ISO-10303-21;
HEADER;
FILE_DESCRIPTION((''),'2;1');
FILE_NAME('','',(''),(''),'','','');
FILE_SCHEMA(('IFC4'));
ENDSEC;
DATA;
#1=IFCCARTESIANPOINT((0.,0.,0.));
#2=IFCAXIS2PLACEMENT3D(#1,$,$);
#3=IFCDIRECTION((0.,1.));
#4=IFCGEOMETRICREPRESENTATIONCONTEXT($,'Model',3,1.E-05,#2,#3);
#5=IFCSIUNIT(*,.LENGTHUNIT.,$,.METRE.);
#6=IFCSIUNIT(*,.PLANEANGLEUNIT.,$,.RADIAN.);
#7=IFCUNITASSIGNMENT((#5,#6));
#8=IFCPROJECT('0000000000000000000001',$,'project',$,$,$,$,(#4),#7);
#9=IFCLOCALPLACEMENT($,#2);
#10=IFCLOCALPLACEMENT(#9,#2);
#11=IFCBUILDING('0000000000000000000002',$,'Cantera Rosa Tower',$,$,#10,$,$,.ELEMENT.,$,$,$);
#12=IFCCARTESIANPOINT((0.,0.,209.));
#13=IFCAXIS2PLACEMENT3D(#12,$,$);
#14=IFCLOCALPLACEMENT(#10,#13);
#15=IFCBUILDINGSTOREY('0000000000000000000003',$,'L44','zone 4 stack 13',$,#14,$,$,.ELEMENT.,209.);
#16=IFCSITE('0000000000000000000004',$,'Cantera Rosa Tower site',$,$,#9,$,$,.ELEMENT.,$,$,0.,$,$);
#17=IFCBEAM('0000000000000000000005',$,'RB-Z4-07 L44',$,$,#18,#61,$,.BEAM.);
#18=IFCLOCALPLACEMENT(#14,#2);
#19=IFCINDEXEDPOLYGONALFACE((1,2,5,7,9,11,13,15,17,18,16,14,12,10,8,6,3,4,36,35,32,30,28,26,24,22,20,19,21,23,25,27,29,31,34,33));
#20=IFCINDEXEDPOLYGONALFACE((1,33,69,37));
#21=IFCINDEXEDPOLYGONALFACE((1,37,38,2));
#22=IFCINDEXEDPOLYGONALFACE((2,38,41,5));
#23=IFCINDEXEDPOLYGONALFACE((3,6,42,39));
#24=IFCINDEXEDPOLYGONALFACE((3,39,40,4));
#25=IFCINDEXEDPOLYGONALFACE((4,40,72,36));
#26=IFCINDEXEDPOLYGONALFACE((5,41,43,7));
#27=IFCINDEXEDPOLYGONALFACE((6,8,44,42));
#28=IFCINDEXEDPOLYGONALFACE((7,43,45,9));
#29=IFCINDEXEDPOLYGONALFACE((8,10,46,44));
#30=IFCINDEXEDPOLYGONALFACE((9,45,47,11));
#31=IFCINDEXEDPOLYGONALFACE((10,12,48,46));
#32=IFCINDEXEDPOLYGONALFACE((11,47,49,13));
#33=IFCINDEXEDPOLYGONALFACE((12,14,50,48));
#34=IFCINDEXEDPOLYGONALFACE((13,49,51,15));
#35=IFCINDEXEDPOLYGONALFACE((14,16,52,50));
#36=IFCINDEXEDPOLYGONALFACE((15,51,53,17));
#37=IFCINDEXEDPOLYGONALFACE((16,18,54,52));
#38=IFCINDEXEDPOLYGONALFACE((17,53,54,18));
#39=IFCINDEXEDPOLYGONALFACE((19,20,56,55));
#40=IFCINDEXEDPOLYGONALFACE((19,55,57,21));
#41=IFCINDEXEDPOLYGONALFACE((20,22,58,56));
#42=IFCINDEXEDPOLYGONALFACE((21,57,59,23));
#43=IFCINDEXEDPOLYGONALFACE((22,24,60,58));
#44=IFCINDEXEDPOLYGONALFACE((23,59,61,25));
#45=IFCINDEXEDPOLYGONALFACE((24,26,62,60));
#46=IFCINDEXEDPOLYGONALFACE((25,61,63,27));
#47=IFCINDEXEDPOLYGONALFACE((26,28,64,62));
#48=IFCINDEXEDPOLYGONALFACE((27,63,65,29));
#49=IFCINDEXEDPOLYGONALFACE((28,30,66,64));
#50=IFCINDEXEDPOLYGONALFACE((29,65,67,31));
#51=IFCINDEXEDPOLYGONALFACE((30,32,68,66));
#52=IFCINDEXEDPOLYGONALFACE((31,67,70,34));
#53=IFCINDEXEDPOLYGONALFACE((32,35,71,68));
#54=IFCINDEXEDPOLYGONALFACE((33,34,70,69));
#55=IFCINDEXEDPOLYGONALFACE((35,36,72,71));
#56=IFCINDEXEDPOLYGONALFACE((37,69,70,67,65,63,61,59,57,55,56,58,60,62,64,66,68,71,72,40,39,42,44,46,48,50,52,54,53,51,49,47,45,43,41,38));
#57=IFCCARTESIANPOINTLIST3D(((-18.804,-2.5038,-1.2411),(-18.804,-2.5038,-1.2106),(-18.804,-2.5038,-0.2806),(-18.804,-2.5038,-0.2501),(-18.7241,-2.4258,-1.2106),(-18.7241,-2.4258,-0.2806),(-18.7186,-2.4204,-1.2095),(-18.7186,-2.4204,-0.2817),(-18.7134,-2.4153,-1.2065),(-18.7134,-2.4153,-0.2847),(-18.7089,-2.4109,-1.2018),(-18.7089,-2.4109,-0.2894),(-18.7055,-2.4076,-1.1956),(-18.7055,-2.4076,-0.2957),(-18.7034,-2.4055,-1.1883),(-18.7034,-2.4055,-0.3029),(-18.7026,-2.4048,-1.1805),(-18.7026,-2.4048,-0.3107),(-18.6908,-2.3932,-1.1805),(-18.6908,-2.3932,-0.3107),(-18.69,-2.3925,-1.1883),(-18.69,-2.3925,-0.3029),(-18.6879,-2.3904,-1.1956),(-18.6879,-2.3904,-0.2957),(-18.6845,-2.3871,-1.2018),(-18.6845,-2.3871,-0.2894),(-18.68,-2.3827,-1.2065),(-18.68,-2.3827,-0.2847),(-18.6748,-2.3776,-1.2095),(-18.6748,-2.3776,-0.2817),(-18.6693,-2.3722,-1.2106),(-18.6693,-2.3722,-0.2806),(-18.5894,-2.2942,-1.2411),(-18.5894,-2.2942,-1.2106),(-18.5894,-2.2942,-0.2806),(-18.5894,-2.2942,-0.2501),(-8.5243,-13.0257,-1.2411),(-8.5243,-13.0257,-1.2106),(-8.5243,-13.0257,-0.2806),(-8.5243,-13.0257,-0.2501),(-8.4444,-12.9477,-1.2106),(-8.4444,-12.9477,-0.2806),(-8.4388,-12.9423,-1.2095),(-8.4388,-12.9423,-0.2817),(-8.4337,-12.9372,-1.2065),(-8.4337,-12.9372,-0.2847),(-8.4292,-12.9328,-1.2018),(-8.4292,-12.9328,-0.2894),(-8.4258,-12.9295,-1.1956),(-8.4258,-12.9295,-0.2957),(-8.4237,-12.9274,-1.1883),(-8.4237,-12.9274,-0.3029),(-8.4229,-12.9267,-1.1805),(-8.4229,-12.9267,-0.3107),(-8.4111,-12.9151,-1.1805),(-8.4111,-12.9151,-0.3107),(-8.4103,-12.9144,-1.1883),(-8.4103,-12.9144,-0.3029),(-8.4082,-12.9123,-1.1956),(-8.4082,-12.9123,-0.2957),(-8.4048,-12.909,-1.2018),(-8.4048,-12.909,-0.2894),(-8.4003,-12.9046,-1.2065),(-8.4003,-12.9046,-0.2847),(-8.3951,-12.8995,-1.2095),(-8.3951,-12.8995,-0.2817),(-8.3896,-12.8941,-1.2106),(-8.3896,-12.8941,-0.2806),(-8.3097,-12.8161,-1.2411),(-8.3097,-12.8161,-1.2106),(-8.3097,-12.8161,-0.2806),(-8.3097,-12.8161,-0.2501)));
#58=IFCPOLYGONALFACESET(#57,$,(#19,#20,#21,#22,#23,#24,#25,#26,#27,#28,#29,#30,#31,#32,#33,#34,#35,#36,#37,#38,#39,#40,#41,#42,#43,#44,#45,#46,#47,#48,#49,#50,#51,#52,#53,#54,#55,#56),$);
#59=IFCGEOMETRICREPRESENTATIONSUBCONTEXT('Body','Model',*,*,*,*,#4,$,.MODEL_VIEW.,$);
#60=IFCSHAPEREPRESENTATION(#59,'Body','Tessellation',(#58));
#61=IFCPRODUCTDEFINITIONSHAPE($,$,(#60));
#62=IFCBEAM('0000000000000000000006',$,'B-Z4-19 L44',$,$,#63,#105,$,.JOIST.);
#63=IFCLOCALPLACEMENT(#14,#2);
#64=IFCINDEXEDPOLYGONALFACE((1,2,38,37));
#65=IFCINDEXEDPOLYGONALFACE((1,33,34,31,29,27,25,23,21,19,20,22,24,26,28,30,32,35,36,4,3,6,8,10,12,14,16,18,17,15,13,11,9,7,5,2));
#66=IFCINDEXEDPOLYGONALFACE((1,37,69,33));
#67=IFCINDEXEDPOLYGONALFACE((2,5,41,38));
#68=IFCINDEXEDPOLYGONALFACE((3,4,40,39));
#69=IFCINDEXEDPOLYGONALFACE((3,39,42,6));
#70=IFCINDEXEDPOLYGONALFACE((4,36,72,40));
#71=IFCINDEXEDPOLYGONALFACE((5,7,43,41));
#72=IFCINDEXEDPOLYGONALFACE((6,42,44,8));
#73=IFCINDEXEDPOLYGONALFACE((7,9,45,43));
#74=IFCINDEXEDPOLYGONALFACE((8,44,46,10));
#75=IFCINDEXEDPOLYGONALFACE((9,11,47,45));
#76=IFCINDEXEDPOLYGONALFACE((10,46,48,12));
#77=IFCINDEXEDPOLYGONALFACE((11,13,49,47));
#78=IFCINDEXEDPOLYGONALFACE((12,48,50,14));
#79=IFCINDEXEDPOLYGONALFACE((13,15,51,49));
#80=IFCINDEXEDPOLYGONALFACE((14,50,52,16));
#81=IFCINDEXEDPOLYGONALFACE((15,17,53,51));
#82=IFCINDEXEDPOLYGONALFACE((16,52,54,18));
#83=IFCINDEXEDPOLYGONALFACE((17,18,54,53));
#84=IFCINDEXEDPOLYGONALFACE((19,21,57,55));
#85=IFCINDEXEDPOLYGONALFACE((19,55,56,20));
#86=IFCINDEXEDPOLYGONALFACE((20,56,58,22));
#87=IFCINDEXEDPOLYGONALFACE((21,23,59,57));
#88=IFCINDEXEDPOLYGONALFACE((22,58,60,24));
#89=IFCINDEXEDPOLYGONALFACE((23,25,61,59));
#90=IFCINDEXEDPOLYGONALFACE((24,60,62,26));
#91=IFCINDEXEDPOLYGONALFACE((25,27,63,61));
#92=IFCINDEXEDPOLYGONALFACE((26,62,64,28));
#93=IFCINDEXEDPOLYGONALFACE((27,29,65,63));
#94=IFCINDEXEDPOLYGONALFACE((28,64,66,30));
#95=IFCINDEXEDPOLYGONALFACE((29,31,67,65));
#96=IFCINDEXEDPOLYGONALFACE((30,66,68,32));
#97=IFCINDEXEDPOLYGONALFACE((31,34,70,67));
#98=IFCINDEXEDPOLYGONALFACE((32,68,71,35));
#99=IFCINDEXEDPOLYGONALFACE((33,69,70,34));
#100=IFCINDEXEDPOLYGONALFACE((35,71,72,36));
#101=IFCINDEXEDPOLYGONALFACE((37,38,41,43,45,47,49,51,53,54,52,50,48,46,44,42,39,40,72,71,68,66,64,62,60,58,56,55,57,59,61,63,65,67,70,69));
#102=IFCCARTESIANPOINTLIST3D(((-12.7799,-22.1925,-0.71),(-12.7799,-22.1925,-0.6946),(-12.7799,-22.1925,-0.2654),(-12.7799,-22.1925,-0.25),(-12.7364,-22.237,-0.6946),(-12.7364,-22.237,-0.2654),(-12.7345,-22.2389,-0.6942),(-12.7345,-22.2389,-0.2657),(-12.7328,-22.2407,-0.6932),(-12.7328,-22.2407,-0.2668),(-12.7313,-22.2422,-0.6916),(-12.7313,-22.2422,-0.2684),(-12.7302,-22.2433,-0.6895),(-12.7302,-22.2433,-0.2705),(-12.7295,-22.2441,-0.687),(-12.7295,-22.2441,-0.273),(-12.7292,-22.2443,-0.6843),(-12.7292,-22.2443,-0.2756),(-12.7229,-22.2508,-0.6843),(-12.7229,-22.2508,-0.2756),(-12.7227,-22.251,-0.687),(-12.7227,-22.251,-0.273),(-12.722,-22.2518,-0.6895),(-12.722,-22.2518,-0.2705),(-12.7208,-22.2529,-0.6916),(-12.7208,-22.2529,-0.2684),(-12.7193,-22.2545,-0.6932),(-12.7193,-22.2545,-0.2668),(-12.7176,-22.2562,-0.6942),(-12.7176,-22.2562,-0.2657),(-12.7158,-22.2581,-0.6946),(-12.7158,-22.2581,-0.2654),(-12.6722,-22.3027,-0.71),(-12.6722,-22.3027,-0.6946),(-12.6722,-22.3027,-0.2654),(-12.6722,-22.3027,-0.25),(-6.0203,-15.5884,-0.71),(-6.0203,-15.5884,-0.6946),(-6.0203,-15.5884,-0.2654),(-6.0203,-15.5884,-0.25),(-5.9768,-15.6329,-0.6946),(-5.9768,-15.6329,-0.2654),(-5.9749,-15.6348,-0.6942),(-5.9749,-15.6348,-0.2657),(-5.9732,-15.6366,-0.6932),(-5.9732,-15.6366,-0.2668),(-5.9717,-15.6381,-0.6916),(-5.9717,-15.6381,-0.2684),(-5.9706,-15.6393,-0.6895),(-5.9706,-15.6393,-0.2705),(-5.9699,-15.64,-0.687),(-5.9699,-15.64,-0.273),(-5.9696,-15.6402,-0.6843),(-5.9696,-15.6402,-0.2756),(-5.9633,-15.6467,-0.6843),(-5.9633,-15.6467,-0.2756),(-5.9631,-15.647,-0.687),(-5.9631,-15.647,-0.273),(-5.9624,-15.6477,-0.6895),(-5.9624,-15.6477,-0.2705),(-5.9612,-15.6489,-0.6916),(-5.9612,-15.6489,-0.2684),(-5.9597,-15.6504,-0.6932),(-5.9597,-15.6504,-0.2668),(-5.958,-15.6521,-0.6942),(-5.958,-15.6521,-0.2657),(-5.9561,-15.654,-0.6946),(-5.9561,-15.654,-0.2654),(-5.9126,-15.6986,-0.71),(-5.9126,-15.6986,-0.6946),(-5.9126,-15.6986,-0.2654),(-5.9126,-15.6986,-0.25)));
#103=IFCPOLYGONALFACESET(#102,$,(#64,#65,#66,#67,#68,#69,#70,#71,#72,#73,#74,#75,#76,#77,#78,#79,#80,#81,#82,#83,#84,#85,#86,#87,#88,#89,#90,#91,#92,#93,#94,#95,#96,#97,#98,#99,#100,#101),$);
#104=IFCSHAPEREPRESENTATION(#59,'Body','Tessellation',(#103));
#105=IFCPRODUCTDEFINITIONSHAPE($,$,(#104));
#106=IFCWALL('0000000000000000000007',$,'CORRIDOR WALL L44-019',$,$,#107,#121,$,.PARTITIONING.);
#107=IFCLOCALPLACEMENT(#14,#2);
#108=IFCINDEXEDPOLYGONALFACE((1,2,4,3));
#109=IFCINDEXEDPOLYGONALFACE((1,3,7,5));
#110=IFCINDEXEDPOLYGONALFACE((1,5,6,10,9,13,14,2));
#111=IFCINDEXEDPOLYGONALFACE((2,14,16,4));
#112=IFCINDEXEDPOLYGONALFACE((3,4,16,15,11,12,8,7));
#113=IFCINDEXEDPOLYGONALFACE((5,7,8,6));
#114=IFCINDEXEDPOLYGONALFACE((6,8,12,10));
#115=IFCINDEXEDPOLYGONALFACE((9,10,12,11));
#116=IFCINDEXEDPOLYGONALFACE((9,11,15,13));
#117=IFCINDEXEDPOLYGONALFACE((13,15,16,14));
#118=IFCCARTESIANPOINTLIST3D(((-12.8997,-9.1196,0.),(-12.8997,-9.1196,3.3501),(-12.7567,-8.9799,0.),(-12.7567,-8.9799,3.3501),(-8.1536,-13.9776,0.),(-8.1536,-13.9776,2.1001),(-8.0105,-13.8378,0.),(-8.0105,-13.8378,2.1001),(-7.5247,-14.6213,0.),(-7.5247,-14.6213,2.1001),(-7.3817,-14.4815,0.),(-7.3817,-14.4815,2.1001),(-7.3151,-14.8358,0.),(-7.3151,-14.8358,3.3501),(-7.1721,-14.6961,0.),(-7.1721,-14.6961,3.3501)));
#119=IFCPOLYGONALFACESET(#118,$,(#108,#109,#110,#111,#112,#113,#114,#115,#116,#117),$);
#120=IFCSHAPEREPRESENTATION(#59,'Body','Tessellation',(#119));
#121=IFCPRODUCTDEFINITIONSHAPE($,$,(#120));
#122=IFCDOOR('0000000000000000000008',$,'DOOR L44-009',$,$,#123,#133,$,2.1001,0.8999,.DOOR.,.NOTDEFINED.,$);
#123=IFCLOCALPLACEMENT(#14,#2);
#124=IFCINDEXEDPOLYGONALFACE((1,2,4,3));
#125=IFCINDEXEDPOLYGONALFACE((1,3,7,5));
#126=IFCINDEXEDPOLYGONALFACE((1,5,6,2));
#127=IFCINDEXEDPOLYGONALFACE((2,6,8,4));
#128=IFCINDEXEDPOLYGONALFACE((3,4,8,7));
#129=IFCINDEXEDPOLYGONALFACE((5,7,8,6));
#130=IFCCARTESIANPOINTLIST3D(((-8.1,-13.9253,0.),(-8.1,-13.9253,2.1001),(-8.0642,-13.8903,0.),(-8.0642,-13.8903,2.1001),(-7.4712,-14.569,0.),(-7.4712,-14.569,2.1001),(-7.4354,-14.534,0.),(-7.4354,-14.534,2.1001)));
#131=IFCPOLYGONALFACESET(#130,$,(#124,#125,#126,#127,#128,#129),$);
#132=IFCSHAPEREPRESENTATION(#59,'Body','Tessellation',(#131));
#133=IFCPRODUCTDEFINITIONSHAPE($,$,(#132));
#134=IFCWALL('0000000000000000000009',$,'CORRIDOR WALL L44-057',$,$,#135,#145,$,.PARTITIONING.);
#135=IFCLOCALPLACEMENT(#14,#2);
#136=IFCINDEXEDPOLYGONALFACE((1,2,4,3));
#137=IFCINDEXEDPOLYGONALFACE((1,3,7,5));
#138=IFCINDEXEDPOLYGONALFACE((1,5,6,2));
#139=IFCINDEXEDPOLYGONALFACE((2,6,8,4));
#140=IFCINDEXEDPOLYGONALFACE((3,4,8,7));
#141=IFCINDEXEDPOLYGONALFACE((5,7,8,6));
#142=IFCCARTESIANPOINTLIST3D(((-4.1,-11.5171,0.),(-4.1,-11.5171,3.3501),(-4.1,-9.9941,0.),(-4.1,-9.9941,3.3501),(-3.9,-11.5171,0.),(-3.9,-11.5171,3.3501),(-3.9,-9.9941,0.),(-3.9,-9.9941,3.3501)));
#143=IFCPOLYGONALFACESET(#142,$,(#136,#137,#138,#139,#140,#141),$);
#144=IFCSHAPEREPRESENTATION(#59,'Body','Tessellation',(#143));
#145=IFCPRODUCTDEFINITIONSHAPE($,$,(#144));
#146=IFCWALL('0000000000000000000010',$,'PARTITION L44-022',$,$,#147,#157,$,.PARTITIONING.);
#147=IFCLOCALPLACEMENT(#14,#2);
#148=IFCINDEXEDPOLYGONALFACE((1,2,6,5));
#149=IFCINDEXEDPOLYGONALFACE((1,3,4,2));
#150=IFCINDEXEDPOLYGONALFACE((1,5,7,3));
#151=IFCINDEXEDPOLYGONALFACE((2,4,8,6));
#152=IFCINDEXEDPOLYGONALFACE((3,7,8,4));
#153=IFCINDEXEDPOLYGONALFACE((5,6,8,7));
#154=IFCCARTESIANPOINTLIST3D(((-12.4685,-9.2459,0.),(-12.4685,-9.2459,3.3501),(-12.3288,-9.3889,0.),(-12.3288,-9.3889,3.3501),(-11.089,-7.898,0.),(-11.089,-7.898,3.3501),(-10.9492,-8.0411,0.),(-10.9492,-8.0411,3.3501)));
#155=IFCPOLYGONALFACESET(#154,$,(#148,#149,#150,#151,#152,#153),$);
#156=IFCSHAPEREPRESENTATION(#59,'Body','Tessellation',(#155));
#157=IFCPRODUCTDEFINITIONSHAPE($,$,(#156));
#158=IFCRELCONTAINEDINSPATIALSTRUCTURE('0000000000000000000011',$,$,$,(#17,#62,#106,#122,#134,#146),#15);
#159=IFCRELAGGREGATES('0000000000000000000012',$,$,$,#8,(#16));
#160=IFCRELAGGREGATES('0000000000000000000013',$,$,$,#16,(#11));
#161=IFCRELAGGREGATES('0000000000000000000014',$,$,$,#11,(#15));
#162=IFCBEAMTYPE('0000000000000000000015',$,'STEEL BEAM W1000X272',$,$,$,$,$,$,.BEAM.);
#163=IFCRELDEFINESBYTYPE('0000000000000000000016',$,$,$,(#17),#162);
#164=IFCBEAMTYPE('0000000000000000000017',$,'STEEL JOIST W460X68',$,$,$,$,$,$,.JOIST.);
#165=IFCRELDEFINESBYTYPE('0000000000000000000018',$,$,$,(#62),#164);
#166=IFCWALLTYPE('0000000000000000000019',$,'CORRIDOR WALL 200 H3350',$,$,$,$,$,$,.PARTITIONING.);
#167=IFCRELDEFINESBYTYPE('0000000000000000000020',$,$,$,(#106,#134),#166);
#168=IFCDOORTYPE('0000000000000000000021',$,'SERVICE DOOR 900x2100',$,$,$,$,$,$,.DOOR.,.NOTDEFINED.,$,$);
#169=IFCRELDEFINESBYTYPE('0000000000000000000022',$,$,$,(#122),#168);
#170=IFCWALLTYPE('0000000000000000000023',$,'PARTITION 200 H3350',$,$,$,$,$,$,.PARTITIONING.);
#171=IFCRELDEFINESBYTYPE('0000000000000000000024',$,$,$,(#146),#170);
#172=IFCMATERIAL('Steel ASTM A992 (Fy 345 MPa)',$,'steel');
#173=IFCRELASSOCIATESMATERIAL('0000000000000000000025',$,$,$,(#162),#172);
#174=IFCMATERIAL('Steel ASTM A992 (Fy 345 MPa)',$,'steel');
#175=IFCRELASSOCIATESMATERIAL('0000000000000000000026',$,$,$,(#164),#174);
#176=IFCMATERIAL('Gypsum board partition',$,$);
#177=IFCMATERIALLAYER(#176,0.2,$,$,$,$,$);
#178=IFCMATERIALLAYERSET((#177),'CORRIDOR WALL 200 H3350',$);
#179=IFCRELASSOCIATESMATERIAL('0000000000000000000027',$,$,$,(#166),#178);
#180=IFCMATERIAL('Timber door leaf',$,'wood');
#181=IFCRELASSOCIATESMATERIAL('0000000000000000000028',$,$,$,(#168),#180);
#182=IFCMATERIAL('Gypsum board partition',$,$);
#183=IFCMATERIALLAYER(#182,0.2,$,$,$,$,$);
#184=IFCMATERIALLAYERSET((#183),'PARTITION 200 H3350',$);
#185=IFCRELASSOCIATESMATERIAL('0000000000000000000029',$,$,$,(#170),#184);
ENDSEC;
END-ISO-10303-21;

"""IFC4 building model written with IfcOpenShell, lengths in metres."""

from ifc_helpers import new_model, si_unit, direction, frame, frame_2d, origin, origin_2d, place, context, subcontext, project, spatial, rectangle, i_section, extrude, material, layer, layer_set, material_profile, profile_set, type_object, element, fill, save


model = new_model("IFC4")

# Units and contexts
model_context = context("Model", 3, precision=1e-05, world=origin(), true_north=direction((0.0, 1.0)))
body_context = subcontext(model_context, "Body", "Model", "MODEL_VIEW")
ifc_project = project(units=[si_unit("LENGTHUNIT", "METRE"), si_unit("PLANEANGLEUNIT", "RADIAN")], contexts=[model_context])

# Site, building, storey
site_placement = place(None, origin())
site = spatial("IfcSite", under=ifc_project, at=site_placement, Name="Cantera Rosa Tower site", CompositionType="ELEMENT", RefElevation=0.0)
building_placement = place(site_placement, origin())
building = spatial("IfcBuilding", under=site, at=building_placement, Name="Cantera Rosa Tower", CompositionType="ELEMENT")
storey_placement = place(building_placement, frame((0.0, 0.0, 209.0)))
storey = spatial("IfcBuildingStorey", under=building, at=storey_placement, Name="L44", Description="zone 4 stack 13", CompositionType="ELEMENT", Elevation=209.0)

# Beams
ifc_material_1 = material(Name="Steel ASTM A992 (Fy 345 MPa)", Category="steel")
ifc_material_profile_1 = material_profile(ifc_material_1, i_section(OverallWidth=0.3, OverallDepth=0.991, WebThickness=0.0166, FlangeThickness=0.0305, FilletRadius=0.03, at=origin_2d()), Name="W1000X272")
ifc_profile_set_1 = profile_set([ifc_material_profile_1], Name="Steel ASTM A992 (Fy 345 MPa)")
beam_type_1 = type_object("IfcBeamType", Name="STEEL BEAM W1000X272", PredefinedType="BEAM", material=ifc_profile_set_1)
beam_1_placement = place(storey_placement, frame((-8.417, -12.9209, -0.7456), z_axis=(-0.698827, 0.715291, 0.0), x_axis=(-0.715291, -0.698827, 0.0)))
element("IfcBeam", 1, at=beam_1_placement, inside=storey, type_object=beam_type_1, Name="RB-Z4-07 L44", PredefinedType="BEAM", context=body_context, shape_type="SweptSolid", body=[
    extrude(i_section(OverallWidth=0.3, OverallDepth=0.991, WebThickness=0.0166, FlangeThickness=0.0305, FilletRadius=0.03, at=origin_2d()), origin(), (0.0, 0.0, 1.0), 14.71),
])
ifc_material_2 = material(Name="Steel ASTM A992 (Fy 345 MPa)", Category="steel")
ifc_material_profile_2 = material_profile(ifc_material_2, i_section(OverallWidth=0.1541, OverallDepth=0.46, WebThickness=0.009, FlangeThickness=0.0154, FilletRadius=0.0103, at=origin_2d()), Name="W460X68")
ifc_profile_set_2 = profile_set([ifc_material_profile_2], Name="Steel ASTM A992 (Fy 345 MPa)")
beam_type_2 = type_object("IfcBeamType", Name="STEEL JOIST W460X68", PredefinedType="JOIST", material=ifc_profile_set_2)
beam_2_placement = place(storey_placement, frame((-12.7261, -22.2476, -0.48), z_axis=(0.715287, 0.698831, 0.0), x_axis=(-0.698831, 0.715287, 0.0)))
element("IfcBeam", 2, at=beam_2_placement, inside=storey, type_object=beam_type_2, Name="B-Z4-19 L44", PredefinedType="JOIST", context=body_context, shape_type="SweptSolid", body=[
    extrude(i_section(OverallWidth=0.1541, OverallDepth=0.46, WebThickness=0.009, FlangeThickness=0.0154, FilletRadius=0.0103, at=origin_2d()), origin(), (0.0, 0.0, 1.0), 9.4502),
])

# Wall, opening, door
ifc_material_3 = material(Name="Gypsum board partition")
ifc_layer_1 = layer(ifc_material_3, 0.2)
ifc_layer_set_1 = layer_set([ifc_layer_1], Name="CORRIDOR WALL 200 H3350")
wall_type_1 = type_object("IfcWallType", Name="CORRIDOR WALL 200 H3350", PredefinedType="PARTITIONING", material=ifc_layer_set_1)
wall_1_placement = place(storey_placement, frame((-12.8281, -9.0498, 0.0), z_axis=(0.0, 0.0, 1.0), x_axis=(0.698826, -0.715292, 0.0)))
wall_1 = element("IfcWall", 3, at=wall_1_placement, inside=storey, type_object=wall_type_1, Name="CORRIDOR WALL L44-019", PredefinedType="PARTITIONING", context=body_context, shape_type="SweptSolid", body=[
    extrude(rectangle(XDim=7.9915, YDim=0.2, at=frame_2d((3.9956, 0.0))), origin(), (0.0, 0.0, 1.0), 3.3501),
])
opening_1_placement = place(wall_1_placement, frame((6.7915, 0.0, 0.0)))
opening_1 = element("IfcOpeningElement", 4, at=opening_1_placement, cuts=wall_1, PredefinedType="OPENING", context=body_context, shape_type="SweptSolid", body=[
    extrude(rectangle(XDim=0.8999, YDim=2.1001, at=frame_2d((0.45, 1.05))), frame((0.0, 0.1099, 0.0), z_axis=(0.0, -1.0, 0.0), x_axis=(1.0, 0.0, 0.0)), (0.0, 0.0, 1.0), 0.22),
])
ifc_material_4 = material(Name="Timber door leaf", Category="wood")
door_type_1 = type_object("IfcDoorType", Name="SERVICE DOOR 900x2100", OperationType="NOTDEFINED", PredefinedType="DOOR", material=ifc_material_4)
door_1_placement = place(opening_1_placement, origin())
door_1 = element("IfcDoor", 5, at=door_1_placement, inside=storey, type_object=door_type_1, Name="DOOR L44-009", OperationType="NOTDEFINED", OverallHeight=2.1001, OverallWidth=0.8999, PredefinedType="DOOR", context=body_context, shape_type="SweptSolid", body=[
    extrude(rectangle(XDim=0.8999, YDim=2.1001, at=frame_2d((0.45, 1.05))), frame((0.0, 0.0249, 0.0), z_axis=(0.0, -1.0, 0.0), x_axis=(1.0, 0.0, 0.0)), (0.0, 0.0, 1.0), 0.05),
])
fill(opening_1, door_1)

# Walls
wall_2_placement = place(storey_placement, frame((-4.0, -9.9941, 0.0), z_axis=(0.0, 0.0, 1.0), x_axis=(0.0, -1.0, 0.0)))
element("IfcWall", 6, at=wall_2_placement, inside=storey, type_object=wall_type_1, Name="CORRIDOR WALL L44-057", PredefinedType="PARTITIONING", context=body_context, shape_type="SweptSolid", body=[
    extrude(rectangle(XDim=1.5229, YDim=0.2, at=frame_2d((0.7615, 0.0))), origin(), (0.0, 0.0, 1.0), 3.3501),
])
ifc_material_5 = material(Name="Gypsum board partition")
ifc_layer_2 = layer(ifc_material_5, 0.2)
ifc_layer_set_2 = layer_set([ifc_layer_2], Name="PARTITION 200 H3350")
wall_type_2 = type_object("IfcWallType", Name="PARTITION 200 H3350", PredefinedType="PARTITIONING", material=ifc_layer_set_2)
wall_3_placement = place(storey_placement, frame((-12.3987, -9.3174, 0.0), z_axis=(0.0, 0.0, 1.0), x_axis=(0.715286, 0.698831, 0.0)))
element("IfcWall", 7, at=wall_3_placement, inside=storey, type_object=wall_type_2, Name="PARTITION L44-022", PredefinedType="PARTITIONING", context=body_context, shape_type="SweptSolid", body=[
    extrude(rectangle(XDim=1.9287, YDim=0.2, at=frame_2d((0.9644, 0.0))), origin(), (0.0, 0.0, 1.0), 3.3501),
])

save(model, "model.ifc")
